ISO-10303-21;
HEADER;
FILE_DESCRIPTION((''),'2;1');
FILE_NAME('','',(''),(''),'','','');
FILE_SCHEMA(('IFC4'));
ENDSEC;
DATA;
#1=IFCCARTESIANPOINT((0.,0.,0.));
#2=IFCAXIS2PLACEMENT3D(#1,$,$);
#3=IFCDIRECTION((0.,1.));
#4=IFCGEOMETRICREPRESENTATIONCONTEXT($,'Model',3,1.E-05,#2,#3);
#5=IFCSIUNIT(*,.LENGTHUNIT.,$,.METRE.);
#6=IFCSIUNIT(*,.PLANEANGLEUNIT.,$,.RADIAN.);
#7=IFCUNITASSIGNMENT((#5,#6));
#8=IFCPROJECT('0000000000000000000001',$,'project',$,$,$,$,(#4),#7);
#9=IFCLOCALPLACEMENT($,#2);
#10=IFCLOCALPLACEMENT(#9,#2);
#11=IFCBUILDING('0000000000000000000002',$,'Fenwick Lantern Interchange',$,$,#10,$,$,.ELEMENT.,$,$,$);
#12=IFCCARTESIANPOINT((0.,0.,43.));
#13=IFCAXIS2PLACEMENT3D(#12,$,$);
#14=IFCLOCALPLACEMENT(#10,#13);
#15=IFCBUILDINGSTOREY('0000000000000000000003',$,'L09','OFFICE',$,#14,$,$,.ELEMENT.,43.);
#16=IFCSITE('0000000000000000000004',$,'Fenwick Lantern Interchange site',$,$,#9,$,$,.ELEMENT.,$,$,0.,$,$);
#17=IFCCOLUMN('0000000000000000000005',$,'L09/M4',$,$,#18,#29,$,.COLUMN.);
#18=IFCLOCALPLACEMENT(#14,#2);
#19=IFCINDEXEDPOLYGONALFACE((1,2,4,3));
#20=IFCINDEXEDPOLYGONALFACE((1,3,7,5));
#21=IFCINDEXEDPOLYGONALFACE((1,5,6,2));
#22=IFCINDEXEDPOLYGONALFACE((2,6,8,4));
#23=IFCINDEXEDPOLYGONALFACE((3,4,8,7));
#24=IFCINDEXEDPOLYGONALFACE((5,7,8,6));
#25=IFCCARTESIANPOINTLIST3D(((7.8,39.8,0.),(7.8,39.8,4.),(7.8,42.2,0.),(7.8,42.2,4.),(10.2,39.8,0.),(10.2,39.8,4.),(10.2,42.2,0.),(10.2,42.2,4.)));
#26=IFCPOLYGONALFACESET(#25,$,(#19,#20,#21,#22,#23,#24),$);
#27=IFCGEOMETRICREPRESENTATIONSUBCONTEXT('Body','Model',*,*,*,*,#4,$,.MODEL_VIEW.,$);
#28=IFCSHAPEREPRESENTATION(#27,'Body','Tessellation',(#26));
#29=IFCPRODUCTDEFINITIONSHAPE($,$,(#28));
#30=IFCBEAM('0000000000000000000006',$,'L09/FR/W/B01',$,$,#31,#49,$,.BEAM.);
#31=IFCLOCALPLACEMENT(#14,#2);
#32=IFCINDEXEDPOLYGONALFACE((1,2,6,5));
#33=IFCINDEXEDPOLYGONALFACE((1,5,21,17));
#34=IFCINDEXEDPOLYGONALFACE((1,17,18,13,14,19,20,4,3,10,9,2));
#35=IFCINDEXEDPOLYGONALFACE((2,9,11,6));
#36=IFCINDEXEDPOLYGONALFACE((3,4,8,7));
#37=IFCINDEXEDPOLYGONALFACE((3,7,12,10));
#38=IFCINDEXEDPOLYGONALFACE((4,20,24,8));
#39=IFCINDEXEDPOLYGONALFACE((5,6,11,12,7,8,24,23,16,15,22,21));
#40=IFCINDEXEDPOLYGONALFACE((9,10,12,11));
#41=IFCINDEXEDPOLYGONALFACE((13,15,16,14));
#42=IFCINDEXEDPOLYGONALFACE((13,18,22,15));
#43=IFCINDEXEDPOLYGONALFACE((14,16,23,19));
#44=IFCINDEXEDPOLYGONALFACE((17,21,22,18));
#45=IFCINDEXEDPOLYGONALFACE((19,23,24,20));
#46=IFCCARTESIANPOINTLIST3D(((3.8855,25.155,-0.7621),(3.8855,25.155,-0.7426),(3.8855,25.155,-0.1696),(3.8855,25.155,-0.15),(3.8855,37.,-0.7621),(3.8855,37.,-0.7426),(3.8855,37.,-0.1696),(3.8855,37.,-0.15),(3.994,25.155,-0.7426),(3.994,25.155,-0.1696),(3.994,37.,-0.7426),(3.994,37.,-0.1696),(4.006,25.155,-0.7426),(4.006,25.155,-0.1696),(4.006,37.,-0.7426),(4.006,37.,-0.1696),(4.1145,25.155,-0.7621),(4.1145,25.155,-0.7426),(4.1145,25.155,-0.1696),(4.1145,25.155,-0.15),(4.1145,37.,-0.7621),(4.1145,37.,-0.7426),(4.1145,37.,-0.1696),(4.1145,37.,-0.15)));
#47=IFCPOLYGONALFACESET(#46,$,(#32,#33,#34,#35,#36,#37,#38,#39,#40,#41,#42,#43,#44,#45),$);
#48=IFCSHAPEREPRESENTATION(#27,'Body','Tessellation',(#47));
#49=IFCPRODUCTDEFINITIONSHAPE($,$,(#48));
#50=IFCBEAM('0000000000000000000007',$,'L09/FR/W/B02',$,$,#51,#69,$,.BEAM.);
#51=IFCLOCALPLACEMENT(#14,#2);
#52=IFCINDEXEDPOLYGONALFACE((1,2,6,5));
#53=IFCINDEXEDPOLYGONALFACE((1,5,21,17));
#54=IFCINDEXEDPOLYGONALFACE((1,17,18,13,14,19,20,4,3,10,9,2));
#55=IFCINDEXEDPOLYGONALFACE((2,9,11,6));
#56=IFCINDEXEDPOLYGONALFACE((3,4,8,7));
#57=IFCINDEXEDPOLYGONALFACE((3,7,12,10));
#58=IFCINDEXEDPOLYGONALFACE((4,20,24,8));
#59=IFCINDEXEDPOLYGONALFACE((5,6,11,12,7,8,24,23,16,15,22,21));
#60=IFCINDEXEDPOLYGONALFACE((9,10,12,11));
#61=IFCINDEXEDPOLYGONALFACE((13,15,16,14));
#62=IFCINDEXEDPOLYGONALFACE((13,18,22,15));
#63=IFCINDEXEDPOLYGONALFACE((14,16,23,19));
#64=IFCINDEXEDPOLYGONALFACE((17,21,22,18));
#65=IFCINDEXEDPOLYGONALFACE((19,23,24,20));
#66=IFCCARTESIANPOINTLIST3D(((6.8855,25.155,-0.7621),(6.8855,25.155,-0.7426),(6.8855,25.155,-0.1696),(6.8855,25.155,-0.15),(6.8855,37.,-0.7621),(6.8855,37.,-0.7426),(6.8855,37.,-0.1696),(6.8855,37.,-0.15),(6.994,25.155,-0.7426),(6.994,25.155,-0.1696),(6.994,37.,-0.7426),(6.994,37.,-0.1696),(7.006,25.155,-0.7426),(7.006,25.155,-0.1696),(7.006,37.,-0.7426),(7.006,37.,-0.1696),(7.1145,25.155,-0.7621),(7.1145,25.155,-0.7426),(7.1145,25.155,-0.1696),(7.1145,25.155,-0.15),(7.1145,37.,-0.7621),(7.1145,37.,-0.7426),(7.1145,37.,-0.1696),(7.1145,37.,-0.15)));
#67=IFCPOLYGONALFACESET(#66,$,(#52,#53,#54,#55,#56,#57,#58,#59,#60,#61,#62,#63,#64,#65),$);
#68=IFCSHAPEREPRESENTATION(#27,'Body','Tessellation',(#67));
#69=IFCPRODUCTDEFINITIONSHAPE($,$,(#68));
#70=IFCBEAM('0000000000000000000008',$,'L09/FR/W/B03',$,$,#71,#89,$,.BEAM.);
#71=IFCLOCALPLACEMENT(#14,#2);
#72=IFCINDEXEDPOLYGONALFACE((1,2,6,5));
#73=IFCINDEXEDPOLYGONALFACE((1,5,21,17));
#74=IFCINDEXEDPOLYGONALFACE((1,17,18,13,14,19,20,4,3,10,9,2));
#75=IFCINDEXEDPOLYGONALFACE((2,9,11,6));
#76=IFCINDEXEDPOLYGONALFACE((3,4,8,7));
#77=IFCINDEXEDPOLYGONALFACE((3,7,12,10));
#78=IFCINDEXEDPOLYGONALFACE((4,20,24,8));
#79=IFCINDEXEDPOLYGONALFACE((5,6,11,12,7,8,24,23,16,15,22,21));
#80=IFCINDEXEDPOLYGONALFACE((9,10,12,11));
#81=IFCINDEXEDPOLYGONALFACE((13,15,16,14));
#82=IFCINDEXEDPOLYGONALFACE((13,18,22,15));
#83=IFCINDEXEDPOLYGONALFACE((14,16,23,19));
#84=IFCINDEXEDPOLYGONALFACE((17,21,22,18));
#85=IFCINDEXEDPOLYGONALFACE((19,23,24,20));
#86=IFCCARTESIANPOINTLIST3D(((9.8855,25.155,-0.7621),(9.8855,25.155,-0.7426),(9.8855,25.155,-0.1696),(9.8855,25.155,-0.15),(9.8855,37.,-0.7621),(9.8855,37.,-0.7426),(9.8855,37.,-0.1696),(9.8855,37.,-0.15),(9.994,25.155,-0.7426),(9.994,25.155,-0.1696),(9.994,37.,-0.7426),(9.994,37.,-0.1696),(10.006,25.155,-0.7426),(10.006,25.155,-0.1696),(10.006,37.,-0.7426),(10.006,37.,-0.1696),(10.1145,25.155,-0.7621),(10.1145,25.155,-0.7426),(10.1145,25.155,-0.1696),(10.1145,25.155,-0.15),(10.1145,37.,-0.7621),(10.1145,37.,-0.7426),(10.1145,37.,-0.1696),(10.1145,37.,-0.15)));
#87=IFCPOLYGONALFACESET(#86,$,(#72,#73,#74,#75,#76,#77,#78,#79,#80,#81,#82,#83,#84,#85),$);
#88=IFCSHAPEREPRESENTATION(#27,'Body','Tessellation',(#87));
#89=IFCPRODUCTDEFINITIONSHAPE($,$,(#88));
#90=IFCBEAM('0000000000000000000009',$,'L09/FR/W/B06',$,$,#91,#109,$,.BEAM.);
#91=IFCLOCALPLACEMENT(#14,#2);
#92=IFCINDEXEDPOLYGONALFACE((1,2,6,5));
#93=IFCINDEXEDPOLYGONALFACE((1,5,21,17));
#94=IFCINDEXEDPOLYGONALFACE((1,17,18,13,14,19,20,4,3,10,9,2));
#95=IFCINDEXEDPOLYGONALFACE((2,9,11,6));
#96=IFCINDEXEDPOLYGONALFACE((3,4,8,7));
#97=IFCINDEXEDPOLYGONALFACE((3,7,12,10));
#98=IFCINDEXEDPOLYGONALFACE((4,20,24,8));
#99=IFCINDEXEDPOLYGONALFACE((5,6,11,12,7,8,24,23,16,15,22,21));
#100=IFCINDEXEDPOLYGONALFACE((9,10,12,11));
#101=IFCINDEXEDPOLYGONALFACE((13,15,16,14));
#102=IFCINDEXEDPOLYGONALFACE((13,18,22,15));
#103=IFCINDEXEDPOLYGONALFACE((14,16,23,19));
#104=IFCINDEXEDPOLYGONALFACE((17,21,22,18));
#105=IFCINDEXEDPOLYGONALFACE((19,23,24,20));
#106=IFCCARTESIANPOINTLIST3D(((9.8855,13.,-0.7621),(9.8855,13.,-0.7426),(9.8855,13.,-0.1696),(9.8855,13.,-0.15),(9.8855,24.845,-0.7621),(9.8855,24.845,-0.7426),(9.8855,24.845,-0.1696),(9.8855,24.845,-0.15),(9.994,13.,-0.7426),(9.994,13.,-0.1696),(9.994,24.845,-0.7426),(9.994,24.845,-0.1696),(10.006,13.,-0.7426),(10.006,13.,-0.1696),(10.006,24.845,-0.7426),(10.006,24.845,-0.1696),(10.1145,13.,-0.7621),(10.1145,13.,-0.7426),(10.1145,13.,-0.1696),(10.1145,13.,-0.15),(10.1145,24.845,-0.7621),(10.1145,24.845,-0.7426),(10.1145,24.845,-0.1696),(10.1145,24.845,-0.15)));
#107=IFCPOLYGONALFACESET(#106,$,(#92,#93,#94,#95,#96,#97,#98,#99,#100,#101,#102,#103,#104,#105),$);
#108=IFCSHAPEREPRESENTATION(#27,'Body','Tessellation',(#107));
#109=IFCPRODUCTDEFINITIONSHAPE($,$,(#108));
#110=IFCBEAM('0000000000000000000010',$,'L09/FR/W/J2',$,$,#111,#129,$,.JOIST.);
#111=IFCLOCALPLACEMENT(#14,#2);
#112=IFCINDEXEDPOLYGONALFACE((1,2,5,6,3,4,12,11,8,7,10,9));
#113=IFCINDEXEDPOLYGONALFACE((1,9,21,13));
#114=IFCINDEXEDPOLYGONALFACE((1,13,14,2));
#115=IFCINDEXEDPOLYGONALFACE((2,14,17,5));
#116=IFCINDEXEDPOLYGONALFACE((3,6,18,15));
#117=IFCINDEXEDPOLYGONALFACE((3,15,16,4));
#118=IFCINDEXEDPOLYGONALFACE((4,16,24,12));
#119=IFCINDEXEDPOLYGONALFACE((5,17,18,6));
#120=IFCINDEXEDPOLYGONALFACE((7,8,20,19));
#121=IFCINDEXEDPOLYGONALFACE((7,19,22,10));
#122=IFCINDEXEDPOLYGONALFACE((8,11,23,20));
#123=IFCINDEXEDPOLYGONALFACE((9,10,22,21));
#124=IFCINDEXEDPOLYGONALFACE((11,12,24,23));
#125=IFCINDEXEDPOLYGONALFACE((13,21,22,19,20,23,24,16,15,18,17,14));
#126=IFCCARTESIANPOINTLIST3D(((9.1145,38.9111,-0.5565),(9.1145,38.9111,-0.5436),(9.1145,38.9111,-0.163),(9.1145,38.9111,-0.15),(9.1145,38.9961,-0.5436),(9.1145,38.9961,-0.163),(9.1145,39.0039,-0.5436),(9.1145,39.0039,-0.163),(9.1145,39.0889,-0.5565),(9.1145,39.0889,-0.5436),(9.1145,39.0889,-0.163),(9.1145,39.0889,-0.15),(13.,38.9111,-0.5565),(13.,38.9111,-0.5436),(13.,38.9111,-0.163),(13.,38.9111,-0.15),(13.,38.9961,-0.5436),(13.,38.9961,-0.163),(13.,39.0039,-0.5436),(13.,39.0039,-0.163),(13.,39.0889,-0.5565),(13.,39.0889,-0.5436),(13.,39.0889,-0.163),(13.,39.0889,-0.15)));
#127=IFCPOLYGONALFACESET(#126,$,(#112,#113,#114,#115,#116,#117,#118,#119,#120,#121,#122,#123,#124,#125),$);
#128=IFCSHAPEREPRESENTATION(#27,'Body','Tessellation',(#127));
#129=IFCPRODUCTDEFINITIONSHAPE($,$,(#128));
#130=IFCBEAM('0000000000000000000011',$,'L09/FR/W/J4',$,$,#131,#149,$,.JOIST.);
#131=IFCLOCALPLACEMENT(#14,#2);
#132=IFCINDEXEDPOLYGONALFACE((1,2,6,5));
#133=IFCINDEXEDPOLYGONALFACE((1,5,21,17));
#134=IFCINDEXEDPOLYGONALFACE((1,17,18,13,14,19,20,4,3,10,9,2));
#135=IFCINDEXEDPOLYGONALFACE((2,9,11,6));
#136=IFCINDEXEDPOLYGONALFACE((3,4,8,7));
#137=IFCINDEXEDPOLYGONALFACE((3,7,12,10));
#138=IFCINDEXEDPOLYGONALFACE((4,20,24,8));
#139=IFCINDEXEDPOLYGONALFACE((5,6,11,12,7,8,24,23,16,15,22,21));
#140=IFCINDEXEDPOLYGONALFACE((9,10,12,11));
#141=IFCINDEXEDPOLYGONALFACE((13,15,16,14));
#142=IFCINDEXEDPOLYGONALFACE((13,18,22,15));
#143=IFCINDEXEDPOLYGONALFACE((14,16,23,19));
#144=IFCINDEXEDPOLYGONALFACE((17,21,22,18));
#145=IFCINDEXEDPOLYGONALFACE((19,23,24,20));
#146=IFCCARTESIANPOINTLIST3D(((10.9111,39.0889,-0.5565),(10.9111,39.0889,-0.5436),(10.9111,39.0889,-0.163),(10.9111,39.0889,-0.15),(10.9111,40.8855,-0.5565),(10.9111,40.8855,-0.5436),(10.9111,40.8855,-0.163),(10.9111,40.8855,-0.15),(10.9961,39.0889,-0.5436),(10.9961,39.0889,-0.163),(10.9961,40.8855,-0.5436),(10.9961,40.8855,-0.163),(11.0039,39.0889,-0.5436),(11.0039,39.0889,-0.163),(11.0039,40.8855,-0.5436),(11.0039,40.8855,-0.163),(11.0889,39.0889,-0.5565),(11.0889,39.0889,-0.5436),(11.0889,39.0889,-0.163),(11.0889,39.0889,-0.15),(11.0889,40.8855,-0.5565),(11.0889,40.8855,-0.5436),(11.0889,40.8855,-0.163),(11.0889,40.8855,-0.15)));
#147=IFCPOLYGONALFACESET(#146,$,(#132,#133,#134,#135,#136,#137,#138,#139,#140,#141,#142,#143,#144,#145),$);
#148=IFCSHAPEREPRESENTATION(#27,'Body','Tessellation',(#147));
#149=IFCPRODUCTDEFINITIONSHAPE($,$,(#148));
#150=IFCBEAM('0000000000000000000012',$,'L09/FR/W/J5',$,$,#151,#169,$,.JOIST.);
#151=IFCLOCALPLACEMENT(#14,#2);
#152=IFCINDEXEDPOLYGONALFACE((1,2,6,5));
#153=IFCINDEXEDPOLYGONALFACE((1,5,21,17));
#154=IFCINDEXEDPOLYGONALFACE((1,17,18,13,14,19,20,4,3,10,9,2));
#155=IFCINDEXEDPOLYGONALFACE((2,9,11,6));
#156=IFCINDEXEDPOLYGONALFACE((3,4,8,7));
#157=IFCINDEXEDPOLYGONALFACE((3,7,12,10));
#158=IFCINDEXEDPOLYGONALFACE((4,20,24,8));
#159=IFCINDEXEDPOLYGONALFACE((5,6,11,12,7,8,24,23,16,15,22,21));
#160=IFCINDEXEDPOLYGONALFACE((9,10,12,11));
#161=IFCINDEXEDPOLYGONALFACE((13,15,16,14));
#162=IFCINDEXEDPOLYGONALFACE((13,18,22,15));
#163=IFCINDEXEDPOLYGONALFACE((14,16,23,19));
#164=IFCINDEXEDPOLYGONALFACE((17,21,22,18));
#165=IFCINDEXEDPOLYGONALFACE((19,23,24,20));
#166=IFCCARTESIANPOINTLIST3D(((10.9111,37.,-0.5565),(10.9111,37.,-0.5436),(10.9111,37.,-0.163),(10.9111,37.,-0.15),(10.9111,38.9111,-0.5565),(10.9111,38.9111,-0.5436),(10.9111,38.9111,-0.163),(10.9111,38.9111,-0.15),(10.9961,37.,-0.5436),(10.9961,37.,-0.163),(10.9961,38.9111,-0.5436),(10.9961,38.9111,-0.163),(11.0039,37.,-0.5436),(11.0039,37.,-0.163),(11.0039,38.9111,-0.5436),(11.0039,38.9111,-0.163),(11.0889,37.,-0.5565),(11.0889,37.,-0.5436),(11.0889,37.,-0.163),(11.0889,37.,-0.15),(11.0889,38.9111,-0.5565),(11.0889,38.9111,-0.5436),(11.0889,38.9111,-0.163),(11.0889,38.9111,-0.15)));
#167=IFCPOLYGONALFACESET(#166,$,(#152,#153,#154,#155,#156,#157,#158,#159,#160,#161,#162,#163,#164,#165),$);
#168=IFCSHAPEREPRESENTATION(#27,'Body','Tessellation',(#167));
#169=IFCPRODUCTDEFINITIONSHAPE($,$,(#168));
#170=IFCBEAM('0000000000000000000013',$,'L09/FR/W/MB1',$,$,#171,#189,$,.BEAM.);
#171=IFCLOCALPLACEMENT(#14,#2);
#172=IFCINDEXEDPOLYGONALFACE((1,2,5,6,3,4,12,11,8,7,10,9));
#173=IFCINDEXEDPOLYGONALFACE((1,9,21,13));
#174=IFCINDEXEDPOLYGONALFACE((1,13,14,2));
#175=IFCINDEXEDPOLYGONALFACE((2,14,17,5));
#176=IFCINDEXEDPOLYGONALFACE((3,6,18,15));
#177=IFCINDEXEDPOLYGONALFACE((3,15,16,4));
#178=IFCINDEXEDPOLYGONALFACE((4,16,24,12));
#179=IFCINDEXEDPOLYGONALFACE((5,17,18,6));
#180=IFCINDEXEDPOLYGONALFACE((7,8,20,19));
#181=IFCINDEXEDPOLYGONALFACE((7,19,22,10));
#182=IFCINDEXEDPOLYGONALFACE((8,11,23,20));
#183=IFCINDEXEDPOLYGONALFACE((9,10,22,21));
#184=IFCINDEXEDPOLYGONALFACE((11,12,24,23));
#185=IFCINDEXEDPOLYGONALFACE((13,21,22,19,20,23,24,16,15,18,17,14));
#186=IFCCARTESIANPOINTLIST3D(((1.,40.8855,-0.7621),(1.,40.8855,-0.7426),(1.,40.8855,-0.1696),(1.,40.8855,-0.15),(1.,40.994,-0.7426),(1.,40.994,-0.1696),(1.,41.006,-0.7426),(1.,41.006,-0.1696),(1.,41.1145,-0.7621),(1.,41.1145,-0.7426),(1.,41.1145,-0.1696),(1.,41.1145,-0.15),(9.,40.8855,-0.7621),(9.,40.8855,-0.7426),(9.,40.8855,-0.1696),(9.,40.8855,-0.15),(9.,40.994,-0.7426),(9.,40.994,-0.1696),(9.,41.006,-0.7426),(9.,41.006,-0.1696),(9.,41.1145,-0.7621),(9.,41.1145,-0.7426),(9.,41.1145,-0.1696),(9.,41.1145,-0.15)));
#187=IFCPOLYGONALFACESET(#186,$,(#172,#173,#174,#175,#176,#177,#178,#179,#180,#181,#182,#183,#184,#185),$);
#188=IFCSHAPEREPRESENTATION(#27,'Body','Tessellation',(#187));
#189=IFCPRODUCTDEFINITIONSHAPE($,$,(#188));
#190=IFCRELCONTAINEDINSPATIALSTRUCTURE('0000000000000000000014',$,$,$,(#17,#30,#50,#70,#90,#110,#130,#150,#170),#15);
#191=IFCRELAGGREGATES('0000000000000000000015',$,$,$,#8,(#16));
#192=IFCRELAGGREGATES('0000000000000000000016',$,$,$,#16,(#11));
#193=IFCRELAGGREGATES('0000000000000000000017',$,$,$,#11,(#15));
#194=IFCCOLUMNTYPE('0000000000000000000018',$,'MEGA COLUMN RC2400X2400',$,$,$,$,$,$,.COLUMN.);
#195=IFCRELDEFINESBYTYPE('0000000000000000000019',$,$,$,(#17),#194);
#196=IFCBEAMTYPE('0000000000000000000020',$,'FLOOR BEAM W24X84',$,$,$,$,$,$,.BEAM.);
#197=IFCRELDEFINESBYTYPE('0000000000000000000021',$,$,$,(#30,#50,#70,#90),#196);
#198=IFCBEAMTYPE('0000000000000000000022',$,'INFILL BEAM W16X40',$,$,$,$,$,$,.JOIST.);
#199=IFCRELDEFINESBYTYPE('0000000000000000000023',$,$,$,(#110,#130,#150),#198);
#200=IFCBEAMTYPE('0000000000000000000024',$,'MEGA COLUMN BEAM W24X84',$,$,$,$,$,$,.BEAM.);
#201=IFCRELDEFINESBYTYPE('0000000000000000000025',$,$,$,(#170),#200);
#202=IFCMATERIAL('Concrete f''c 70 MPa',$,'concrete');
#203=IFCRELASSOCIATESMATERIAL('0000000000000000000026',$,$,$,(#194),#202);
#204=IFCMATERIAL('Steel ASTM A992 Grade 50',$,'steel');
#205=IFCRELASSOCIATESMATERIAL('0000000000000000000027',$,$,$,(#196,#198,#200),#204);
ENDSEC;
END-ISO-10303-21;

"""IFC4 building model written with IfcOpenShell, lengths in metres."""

from ifc_helpers import new_model, si_unit, direction, frame, origin, origin_2d, place, context, subcontext, project, spatial, rectangle, i_section, extrude, material, material_profile, profile_set, type_object, element, save


model = new_model("IFC4")

# Units and contexts
model_context = context("Model", 3, precision=1e-05, world=origin(), true_north=direction((0.0, 1.0)))
body_context = subcontext(model_context, "Body", "Model", "MODEL_VIEW")
ifc_project = project(units=[si_unit("LENGTHUNIT", "METRE"), si_unit("PLANEANGLEUNIT", "RADIAN")], contexts=[model_context])

# Site, building, storey
site_placement = place(None, origin())
site = spatial("IfcSite", under=ifc_project, at=site_placement, Name="Fenwick Lantern Interchange site", CompositionType="ELEMENT", RefElevation=0.0)
building_placement = place(site_placement, origin())
building = spatial("IfcBuilding", under=site, at=building_placement, Name="Fenwick Lantern Interchange", CompositionType="ELEMENT")
storey_placement = place(building_placement, frame((0.0, 0.0, 43.0)))
storey = spatial("IfcBuildingStorey", under=building, at=storey_placement, Name="L09", Description="OFFICE", CompositionType="ELEMENT", Elevation=43.0)

# Column
ifc_material_1 = material(Name="Concrete f'c 70 MPa", Category="concrete")
ifc_material_profile_1 = material_profile(ifc_material_1, rectangle(XDim=2.3999, YDim=2.3999, at=origin_2d()), Name="RC2400X2400")
ifc_profile_set_1 = profile_set([ifc_material_profile_1], Name="Concrete f'c 70 MPa")
column_type = type_object("IfcColumnType", Name="MEGA COLUMN RC2400X2400", PredefinedType="COLUMN", material=ifc_profile_set_1)
column_placement = place(storey_placement, frame((9.0, 41.0, 0.0), z_axis=(0.0, 0.0, 1.0), x_axis=(1.0, 0.0, 0.0)))
element("IfcColumn", 1, at=column_placement, inside=storey, type_object=column_type, Name="L09/M4", PredefinedType="COLUMN", context=body_context, shape_type="SweptSolid", body=[
    extrude(rectangle(XDim=2.3999, YDim=2.3999, at=origin_2d()), origin(), (0.0, 0.0, 1.0), 4.0),
])

# Beams
ifc_material_2 = material(Name="Steel ASTM A992 Grade 50", Category="steel")
ifc_material_profile_2 = material_profile(ifc_material_2, i_section(OverallWidth=0.229, OverallDepth=0.6121, WebThickness=0.012, FlangeThickness=0.0195, at=origin_2d()), Name="W24X84")
ifc_profile_set_2 = profile_set([ifc_material_profile_2], Name="Steel ASTM A992 Grade 50")
beam_type_1 = type_object("IfcBeamType", Name="FLOOR BEAM W24X84", PredefinedType="BEAM", material=ifc_profile_set_2)
for number, where, z_axis, x_axis, name in (
    (2, (4.0, 37.0, -0.4561), (0.0, -1.0, 0.0), (1.0, 0.0, 0.0), "L09/FR/W/B01"),
    (3, (7.0, 37.0, -0.4561), (0.0, -1.0, 0.0), (1.0, 0.0, 0.0), "L09/FR/W/B02"),
    (4, (10.0, 37.0, -0.4561), (0.0, -1.0, 0.0), (1.0, 0.0, 0.0), "L09/FR/W/B03"),
    (5, (10.0, 24.845, -0.4561), (0.0, -1.0, 0.0), (1.0, 0.0, 0.0), "L09/FR/W/B06"),
):
    element("IfcBeam", number, at=place(storey_placement, frame(where, z_axis=z_axis, x_axis=x_axis)), inside=storey, type_object=beam_type_1, Name=name, PredefinedType="BEAM", context=body_context, shape_type="SweptSolid", body=[
        extrude(i_section(OverallWidth=0.229, OverallDepth=0.6121, WebThickness=0.012, FlangeThickness=0.0195, at=origin_2d()), origin(), (0.0, 0.0, 1.0), 11.845),
    ])
ifc_material_profile_3 = material_profile(ifc_material_2, i_section(OverallWidth=0.1777, OverallDepth=0.4065, WebThickness=0.0078, FlangeThickness=0.0129, at=origin_2d()), Name="W16X40")
ifc_profile_set_3 = profile_set([ifc_material_profile_3], Name="Steel ASTM A992 Grade 50")
beam_type_2 = type_object("IfcBeamType", Name="INFILL BEAM W16X40", PredefinedType="JOIST", material=ifc_profile_set_3)
beam_1_placement = place(storey_placement, frame((9.1145, 39.0, -0.3533), z_axis=(1.0, 0.0, 0.0), x_axis=(0.0, 1.0, 0.0)))
element("IfcBeam", 6, at=beam_1_placement, inside=storey, type_object=beam_type_2, Name="L09/FR/W/J2", PredefinedType="JOIST", context=body_context, shape_type="SweptSolid", body=[
    extrude(i_section(OverallWidth=0.1777, OverallDepth=0.4065, WebThickness=0.0078, FlangeThickness=0.0129, at=origin_2d()), origin(), (0.0, 0.0, 1.0), 3.8855),
])
beam_2_placement = place(storey_placement, frame((11.0, 40.8855, -0.3533), z_axis=(0.0, -1.0, 0.0), x_axis=(1.0, 0.0, 0.0)))
element("IfcBeam", 7, at=beam_2_placement, inside=storey, type_object=beam_type_2, Name="L09/FR/W/J4", PredefinedType="JOIST", context=body_context, shape_type="SweptSolid", body=[
    extrude(i_section(OverallWidth=0.1777, OverallDepth=0.4065, WebThickness=0.0078, FlangeThickness=0.0129, at=origin_2d()), origin(), (0.0, 0.0, 1.0), 1.7966),
])
beam_3_placement = place(storey_placement, frame((11.0, 38.9111, -0.3533), z_axis=(0.0, -1.0, 0.0), x_axis=(1.0, 0.0, 0.0)))
element("IfcBeam", 8, at=beam_3_placement, inside=storey, type_object=beam_type_2, Name="L09/FR/W/J5", PredefinedType="JOIST", context=body_context, shape_type="SweptSolid", body=[
    extrude(i_section(OverallWidth=0.1777, OverallDepth=0.4065, WebThickness=0.0078, FlangeThickness=0.0129, at=origin_2d()), origin(), (0.0, 0.0, 1.0), 1.9111),
])
ifc_material_profile_4 = material_profile(ifc_material_2, i_section(OverallWidth=0.229, OverallDepth=0.6121, WebThickness=0.012, FlangeThickness=0.0195, at=origin_2d()), Name="W24X84")
ifc_profile_set_4 = profile_set([ifc_material_profile_4], Name="Steel ASTM A992 Grade 50")
beam_type_3 = type_object("IfcBeamType", Name="MEGA COLUMN BEAM W24X84", PredefinedType="BEAM", material=ifc_profile_set_4)
beam_4_placement = place(storey_placement, frame((9.0, 41.0, -0.4561), z_axis=(-1.0, 0.0, 0.0), x_axis=(0.0, -1.0, 0.0)))
element("IfcBeam", 9, at=beam_4_placement, inside=storey, type_object=beam_type_3, Name="L09/FR/W/MB1", PredefinedType="BEAM", context=body_context, shape_type="SweptSolid", body=[
    extrude(i_section(OverallWidth=0.229, OverallDepth=0.6121, WebThickness=0.012, FlangeThickness=0.0195, at=origin_2d()), origin(), (0.0, 0.0, 1.0), 8.0),
])

save(model, "model.ifc")
